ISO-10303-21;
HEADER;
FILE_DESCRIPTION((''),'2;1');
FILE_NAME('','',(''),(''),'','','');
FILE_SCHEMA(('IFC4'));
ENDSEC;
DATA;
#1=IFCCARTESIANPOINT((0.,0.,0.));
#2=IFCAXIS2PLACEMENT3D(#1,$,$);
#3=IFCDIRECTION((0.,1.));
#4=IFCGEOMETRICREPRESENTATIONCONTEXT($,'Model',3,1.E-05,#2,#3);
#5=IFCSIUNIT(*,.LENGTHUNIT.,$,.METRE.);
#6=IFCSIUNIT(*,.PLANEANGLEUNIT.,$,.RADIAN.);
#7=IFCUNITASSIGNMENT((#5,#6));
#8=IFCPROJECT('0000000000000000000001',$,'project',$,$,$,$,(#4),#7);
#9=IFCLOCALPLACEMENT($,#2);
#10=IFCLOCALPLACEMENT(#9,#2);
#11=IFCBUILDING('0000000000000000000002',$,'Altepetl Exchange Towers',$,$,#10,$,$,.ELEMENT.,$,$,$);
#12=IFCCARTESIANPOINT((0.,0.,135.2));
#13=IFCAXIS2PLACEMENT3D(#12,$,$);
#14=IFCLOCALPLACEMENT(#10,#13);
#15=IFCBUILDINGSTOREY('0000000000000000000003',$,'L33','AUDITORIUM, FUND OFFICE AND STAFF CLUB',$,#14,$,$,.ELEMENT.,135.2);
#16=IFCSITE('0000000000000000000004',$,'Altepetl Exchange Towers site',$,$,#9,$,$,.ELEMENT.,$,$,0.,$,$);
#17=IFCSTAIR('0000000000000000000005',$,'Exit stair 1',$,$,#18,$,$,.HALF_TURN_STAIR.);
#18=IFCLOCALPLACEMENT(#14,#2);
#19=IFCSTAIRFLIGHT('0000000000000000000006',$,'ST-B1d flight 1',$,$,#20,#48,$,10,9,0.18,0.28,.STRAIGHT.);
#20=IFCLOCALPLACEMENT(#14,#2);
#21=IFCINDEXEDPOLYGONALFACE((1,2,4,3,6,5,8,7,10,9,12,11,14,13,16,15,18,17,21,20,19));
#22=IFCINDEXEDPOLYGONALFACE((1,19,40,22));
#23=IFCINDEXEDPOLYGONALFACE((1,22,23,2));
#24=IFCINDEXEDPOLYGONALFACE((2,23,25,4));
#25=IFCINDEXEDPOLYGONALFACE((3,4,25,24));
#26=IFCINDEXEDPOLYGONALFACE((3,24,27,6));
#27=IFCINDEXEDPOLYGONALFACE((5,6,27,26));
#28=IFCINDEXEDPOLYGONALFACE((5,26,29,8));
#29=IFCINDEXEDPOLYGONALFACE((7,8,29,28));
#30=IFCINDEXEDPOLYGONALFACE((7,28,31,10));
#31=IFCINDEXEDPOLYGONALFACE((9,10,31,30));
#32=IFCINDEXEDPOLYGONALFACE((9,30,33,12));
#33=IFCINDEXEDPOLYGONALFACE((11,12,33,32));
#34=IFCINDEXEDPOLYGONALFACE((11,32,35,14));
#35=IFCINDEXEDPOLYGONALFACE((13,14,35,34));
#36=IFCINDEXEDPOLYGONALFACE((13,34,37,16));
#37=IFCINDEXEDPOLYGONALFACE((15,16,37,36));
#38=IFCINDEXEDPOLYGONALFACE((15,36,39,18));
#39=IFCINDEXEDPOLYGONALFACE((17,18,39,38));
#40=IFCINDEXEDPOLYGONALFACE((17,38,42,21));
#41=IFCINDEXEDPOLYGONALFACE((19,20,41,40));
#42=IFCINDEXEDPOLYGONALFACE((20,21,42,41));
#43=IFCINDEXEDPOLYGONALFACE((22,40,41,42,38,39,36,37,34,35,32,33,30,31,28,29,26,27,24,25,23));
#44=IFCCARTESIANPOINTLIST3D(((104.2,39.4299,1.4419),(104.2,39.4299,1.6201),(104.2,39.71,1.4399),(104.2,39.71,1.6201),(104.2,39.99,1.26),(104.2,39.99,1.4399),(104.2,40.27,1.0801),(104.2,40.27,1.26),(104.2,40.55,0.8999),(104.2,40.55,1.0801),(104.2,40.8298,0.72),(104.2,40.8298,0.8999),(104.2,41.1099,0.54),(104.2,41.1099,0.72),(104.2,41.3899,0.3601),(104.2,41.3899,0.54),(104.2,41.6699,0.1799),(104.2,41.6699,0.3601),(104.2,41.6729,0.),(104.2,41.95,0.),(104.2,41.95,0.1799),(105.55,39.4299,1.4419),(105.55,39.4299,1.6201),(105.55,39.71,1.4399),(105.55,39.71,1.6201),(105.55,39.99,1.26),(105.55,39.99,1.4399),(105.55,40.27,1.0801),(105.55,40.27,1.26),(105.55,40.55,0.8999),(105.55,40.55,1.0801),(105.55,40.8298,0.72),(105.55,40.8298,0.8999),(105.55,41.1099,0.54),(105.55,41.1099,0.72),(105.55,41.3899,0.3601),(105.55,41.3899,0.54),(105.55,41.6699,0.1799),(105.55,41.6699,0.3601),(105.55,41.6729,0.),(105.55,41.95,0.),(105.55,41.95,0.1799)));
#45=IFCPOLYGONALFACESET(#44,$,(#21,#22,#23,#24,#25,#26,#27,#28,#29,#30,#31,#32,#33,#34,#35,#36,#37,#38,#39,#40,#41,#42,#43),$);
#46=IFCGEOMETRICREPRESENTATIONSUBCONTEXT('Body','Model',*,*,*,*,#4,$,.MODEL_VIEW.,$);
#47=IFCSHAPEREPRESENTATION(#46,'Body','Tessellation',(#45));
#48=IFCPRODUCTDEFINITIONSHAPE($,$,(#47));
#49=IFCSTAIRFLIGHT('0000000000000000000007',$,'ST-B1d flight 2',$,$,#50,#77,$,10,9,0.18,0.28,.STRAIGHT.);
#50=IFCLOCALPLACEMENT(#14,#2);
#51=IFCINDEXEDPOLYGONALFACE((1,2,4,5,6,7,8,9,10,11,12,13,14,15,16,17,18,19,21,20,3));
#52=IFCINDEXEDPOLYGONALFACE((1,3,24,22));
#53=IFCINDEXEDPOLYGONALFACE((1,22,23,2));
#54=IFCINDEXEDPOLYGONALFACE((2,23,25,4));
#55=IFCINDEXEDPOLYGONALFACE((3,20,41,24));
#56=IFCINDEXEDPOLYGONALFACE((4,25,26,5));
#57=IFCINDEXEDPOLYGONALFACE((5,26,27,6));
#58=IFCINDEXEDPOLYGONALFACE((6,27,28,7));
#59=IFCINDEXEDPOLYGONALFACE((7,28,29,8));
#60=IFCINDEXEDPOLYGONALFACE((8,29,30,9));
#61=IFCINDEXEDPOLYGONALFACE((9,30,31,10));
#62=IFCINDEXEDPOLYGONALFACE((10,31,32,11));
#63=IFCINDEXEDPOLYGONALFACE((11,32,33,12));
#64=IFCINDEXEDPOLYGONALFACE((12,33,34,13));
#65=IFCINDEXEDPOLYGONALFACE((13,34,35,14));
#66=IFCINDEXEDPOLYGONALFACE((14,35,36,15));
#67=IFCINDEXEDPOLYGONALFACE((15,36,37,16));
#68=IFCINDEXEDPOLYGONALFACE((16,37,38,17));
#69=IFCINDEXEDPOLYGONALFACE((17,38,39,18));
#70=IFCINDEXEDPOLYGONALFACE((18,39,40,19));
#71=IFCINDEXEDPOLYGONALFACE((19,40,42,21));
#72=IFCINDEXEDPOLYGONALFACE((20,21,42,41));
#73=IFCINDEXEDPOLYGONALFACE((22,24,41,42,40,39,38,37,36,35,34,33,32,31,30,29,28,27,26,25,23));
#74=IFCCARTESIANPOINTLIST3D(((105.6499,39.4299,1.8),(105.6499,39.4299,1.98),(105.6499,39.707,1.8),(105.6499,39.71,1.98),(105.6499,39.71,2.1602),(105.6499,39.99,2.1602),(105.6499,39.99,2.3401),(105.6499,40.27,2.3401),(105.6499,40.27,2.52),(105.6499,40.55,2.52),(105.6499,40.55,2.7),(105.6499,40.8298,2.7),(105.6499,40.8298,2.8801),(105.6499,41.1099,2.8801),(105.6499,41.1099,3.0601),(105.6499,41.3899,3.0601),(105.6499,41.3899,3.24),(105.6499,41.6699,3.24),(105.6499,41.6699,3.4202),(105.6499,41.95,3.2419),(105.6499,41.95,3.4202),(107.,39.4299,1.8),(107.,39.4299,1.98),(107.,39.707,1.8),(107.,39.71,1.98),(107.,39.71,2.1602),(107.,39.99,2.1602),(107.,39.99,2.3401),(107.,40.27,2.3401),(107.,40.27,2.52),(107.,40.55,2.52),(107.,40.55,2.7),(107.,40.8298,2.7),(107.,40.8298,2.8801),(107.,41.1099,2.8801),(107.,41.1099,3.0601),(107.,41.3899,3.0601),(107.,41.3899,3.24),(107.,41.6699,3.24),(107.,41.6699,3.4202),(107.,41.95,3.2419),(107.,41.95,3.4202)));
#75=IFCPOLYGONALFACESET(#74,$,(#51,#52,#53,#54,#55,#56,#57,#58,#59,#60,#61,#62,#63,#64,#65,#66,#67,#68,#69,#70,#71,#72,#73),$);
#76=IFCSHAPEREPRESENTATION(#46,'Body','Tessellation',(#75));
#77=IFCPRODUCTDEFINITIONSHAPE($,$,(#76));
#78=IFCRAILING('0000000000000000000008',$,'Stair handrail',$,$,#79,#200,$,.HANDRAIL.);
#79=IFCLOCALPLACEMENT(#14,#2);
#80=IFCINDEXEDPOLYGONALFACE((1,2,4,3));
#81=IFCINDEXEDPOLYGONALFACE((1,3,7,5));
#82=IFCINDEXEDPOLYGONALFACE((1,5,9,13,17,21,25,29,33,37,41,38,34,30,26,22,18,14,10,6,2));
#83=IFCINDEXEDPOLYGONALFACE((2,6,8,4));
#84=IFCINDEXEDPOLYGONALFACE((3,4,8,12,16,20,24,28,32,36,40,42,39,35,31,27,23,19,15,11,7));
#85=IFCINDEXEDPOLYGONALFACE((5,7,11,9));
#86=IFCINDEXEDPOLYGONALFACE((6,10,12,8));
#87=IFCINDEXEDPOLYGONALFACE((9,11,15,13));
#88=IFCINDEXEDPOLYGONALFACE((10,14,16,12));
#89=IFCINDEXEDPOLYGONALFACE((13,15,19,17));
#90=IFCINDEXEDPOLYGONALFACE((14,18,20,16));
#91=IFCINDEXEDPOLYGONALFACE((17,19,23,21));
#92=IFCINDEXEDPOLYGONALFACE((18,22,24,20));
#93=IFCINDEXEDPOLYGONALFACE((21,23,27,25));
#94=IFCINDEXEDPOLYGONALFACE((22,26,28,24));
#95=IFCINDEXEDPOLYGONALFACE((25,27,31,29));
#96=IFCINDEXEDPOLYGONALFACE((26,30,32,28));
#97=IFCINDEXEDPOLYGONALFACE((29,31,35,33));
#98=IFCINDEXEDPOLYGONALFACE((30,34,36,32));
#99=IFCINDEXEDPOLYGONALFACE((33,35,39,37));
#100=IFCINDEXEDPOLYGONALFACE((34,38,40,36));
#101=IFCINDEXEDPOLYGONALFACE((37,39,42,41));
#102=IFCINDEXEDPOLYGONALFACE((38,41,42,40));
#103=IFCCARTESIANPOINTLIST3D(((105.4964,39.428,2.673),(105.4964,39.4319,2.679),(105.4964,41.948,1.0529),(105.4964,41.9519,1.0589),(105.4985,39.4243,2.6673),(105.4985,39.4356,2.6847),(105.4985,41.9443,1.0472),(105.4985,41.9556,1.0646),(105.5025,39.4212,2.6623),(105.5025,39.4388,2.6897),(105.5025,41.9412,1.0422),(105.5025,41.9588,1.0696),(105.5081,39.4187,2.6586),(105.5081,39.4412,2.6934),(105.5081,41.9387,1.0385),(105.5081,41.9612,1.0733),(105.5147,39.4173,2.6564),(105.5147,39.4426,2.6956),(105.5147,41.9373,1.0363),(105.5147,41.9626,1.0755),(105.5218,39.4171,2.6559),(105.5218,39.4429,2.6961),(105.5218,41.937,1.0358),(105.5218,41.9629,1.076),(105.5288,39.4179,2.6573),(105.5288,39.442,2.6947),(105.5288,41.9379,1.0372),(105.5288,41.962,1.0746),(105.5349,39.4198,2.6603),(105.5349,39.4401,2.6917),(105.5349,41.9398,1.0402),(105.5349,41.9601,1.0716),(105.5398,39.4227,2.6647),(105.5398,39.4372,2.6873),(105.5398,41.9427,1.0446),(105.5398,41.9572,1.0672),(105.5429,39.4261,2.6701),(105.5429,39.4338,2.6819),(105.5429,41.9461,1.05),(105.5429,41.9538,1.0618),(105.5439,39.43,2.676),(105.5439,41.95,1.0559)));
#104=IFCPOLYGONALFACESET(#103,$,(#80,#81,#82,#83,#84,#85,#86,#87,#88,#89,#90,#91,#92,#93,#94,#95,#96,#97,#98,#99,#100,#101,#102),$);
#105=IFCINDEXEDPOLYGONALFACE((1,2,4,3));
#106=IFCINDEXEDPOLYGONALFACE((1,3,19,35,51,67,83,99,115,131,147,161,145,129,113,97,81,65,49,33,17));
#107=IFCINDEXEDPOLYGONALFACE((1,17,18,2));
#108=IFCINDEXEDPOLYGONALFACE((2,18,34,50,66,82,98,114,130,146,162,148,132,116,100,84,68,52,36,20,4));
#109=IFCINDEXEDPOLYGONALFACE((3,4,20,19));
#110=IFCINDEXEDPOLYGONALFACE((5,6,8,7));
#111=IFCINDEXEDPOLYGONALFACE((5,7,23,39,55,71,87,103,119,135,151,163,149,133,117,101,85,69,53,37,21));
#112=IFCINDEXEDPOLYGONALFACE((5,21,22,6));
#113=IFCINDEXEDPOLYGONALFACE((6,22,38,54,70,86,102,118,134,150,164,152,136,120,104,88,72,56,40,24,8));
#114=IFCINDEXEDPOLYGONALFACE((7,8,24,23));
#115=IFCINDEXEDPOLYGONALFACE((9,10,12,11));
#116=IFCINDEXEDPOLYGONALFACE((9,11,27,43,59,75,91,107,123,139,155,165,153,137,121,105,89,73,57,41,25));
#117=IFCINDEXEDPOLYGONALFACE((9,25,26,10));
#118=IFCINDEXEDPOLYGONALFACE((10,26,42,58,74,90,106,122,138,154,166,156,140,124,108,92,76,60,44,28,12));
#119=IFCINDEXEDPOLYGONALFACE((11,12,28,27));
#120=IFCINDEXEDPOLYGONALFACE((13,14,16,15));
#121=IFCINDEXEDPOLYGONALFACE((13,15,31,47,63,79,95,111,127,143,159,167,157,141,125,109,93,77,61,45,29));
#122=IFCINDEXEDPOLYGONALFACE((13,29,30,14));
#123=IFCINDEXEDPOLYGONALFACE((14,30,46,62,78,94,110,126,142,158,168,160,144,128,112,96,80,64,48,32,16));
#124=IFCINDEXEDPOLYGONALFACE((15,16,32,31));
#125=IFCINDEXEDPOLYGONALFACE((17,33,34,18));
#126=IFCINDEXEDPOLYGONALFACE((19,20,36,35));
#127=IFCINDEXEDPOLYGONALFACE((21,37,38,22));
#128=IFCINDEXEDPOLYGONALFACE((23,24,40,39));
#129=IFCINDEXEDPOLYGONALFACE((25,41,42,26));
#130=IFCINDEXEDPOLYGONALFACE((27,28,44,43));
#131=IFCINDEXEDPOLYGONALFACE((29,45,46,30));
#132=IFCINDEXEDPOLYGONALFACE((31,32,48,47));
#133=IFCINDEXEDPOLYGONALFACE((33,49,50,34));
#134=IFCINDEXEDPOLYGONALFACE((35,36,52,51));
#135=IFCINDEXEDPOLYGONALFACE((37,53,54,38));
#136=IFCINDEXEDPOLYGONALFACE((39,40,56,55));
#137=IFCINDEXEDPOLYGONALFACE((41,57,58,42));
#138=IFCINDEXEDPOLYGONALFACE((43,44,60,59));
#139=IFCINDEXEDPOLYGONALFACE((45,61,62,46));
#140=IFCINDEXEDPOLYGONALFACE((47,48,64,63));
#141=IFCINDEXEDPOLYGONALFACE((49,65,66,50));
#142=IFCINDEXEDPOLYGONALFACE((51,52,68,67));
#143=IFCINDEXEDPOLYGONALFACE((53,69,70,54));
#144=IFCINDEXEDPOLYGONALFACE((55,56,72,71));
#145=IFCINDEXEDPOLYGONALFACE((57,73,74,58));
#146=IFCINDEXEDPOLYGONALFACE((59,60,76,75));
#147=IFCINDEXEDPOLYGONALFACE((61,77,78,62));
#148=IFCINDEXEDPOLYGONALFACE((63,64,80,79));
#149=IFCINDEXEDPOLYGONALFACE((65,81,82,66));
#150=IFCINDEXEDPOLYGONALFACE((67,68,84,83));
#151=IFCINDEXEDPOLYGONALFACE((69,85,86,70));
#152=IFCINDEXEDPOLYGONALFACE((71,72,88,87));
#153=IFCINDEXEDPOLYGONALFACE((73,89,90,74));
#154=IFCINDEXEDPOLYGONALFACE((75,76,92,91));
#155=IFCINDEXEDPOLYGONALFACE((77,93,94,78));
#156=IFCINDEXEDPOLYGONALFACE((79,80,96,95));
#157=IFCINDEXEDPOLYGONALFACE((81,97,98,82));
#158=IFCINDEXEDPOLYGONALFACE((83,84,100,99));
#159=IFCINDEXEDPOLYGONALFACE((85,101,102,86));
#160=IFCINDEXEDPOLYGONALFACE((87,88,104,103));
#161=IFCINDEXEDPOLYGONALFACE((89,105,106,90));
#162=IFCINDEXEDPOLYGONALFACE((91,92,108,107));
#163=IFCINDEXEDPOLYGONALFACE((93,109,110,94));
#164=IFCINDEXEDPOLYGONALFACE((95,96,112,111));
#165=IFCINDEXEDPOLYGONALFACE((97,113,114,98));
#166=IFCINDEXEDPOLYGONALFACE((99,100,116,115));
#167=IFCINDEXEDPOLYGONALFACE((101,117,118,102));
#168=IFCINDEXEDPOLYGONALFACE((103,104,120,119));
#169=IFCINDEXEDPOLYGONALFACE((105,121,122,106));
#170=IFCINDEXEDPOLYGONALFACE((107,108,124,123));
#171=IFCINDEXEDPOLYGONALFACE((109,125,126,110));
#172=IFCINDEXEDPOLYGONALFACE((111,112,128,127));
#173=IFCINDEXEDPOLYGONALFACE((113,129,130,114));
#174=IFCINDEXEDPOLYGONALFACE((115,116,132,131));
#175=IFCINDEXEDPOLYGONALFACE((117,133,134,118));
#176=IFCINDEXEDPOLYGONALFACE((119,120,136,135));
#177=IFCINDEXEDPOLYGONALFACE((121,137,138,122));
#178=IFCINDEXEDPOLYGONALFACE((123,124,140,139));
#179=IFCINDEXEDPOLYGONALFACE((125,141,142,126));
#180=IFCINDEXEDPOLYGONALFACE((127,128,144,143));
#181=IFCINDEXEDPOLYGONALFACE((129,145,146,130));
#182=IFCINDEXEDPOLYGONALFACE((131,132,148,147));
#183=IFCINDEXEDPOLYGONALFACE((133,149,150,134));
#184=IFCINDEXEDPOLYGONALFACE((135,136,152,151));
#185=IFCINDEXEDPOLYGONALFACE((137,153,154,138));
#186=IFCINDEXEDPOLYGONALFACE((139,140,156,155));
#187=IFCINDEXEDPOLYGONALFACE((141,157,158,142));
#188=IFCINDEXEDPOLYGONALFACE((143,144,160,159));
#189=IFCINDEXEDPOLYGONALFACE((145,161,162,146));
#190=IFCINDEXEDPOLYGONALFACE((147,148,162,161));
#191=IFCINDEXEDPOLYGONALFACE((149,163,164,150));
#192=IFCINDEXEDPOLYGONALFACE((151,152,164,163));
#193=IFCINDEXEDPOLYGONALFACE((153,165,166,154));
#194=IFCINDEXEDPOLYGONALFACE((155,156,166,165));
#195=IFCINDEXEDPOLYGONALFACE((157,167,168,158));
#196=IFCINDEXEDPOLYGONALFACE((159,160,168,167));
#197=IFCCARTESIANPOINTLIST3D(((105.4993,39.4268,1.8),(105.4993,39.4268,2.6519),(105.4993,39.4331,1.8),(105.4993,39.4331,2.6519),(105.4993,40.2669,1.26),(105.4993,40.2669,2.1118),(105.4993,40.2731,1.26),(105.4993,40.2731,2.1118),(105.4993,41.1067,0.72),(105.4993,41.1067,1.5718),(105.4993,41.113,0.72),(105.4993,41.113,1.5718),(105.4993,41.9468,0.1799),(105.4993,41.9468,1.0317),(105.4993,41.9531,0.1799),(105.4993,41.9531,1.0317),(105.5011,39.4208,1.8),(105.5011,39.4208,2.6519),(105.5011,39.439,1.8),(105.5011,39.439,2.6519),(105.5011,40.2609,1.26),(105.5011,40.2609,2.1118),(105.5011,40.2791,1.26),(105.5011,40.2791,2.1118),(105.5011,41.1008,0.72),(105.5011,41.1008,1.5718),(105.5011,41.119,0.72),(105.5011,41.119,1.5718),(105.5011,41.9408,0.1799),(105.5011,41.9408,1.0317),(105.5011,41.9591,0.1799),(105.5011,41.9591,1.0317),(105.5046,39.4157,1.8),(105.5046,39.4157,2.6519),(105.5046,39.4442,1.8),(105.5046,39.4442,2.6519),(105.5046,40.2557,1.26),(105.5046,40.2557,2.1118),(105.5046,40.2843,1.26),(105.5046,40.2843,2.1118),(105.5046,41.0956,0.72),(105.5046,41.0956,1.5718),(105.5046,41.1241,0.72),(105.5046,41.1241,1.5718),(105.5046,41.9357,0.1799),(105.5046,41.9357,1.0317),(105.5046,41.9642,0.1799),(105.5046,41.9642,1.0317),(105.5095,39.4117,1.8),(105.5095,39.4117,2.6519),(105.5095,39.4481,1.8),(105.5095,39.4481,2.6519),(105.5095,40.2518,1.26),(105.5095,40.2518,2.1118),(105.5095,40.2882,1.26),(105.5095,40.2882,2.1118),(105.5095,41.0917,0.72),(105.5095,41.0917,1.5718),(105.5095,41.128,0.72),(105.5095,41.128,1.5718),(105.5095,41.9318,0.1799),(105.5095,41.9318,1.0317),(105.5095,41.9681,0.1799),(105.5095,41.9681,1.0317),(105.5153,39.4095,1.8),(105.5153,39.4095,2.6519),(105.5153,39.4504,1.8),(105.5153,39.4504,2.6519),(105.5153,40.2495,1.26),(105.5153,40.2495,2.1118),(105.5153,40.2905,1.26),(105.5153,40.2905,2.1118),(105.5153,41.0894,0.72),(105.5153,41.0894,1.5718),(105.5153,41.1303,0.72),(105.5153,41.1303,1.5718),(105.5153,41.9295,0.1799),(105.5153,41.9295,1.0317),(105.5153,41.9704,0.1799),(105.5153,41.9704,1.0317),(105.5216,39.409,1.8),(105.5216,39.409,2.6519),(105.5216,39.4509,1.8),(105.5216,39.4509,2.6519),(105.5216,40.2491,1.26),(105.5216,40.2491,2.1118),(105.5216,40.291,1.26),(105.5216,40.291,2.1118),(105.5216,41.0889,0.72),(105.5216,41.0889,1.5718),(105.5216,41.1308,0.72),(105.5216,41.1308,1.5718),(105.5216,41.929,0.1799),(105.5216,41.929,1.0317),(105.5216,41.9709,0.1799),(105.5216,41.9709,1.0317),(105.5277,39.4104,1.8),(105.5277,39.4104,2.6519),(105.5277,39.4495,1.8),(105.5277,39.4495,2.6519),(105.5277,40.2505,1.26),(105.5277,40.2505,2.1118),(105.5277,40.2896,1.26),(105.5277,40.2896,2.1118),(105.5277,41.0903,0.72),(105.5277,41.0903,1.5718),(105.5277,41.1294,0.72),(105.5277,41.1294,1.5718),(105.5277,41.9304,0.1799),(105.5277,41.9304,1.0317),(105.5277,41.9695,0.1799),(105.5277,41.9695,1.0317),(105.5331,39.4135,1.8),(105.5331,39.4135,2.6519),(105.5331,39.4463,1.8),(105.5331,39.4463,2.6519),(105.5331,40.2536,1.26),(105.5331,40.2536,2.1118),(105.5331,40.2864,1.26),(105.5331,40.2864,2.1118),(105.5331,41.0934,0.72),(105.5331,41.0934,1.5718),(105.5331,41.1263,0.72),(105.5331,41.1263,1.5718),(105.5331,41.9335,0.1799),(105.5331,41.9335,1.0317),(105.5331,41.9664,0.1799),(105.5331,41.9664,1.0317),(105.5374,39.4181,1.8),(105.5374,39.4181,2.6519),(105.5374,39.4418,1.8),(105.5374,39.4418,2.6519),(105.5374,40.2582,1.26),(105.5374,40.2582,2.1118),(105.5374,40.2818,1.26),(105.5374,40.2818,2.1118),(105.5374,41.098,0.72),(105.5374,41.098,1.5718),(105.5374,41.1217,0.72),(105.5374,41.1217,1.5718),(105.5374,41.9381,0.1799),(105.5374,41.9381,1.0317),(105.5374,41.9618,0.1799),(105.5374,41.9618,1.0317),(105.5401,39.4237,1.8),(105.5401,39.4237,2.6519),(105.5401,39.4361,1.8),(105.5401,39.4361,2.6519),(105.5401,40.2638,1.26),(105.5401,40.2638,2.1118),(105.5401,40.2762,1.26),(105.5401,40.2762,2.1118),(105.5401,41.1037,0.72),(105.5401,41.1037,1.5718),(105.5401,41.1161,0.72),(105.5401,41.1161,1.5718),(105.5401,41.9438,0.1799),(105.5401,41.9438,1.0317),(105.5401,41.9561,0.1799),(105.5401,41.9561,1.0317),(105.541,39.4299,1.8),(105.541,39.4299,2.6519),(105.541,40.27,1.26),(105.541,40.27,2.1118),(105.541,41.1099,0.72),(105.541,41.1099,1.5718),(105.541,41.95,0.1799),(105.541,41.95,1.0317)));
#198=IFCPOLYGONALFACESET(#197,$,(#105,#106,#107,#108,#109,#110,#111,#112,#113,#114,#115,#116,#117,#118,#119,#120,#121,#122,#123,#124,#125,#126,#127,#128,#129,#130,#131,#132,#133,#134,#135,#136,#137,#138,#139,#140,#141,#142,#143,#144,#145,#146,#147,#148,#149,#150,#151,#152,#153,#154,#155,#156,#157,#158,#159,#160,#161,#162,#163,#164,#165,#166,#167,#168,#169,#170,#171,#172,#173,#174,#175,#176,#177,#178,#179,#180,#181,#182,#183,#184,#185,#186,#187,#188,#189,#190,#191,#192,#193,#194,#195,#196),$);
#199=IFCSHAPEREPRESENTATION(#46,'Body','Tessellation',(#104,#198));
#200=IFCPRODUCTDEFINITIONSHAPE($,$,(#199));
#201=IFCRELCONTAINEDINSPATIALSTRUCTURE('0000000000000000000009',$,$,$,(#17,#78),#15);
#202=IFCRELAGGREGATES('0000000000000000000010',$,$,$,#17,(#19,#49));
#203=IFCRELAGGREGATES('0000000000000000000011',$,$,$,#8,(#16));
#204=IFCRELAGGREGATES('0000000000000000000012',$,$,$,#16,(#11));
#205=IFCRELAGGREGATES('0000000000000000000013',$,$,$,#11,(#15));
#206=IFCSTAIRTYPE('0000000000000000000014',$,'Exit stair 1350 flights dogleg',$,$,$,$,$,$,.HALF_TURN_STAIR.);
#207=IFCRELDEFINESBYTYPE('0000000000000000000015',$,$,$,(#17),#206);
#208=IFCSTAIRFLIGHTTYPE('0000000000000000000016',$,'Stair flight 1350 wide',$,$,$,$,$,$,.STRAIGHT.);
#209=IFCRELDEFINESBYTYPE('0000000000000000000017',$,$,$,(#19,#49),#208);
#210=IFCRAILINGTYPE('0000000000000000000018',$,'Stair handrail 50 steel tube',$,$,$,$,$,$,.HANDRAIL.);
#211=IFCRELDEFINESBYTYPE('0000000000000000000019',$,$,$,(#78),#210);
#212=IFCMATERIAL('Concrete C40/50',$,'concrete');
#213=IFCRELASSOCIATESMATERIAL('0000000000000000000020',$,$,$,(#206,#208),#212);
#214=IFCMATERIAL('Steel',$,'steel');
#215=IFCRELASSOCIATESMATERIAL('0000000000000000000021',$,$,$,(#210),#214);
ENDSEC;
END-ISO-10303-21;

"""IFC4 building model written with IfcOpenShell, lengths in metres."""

from ifc_helpers import new_model, si_unit, direction, frame, origin, origin_2d, place, context, subcontext, project, spatial, polyline, circle, outline, extrude, source, transform, mapped, material, type_object, element, aggregate, save


model = new_model("IFC4")

# Units and contexts
model_context = context("Model", 3, precision=1e-05, world=origin(), true_north=direction((0.0, 1.0)))
body_context = subcontext(model_context, "Body", "Model", "MODEL_VIEW")
ifc_project = project(units=[si_unit("LENGTHUNIT", "METRE"), si_unit("PLANEANGLEUNIT", "RADIAN")], contexts=[model_context])

# Site, building, storey
site_placement = place(None, origin())
site = spatial("IfcSite", under=ifc_project, at=site_placement, Name="Altepetl Exchange Towers site", CompositionType="ELEMENT", RefElevation=0.0)
building_placement = place(site_placement, origin())
building = spatial("IfcBuilding", under=site, at=building_placement, Name="Altepetl Exchange Towers", CompositionType="ELEMENT")
storey_placement = place(building_placement, frame((0.0, 0.0, 135.2)))
storey = spatial("IfcBuildingStorey", under=building, at=storey_placement, Name="L33", Description="AUDITORIUM, FUND OFFICE AND STAFF CLUB", CompositionType="ELEMENT", Elevation=135.2)

# Shared definitions
ifc_material_1 = material(Name="Concrete C40/50", Category="concrete")

# Stair, stair flights
stair_type = type_object("IfcStairType", Name="Exit stair 1350 flights dogleg", PredefinedType="HALF_TURN_STAIR", material=ifc_material_1)
stair_placement = place(storey_placement, origin())
stair = element("IfcStair", 1, at=stair_placement, inside=storey, type_object=stair_type, Name="Exit stair 1", PredefinedType="HALF_TURN_STAIR")
stair_flight_type = type_object("IfcStairFlightType", Name="Stair flight 1350 wide", PredefinedType="STRAIGHT", material=ifc_material_1)
stair_flight_1_placement = place(storey_placement, frame((104.875, 41.95, 0.0), z_axis=(0.0, 0.0, 1.0), x_axis=(0.0, -1.0, 0.0)))
stair_flight_1 = element("IfcStairFlight", 2, at=stair_flight_1_placement, type_object=stair_flight_type, Name="ST-B1d flight 1", NumberOfRisers=10, NumberOfTreads=9, PredefinedType="STRAIGHT", RiserHeight=0.18, TreadLength=0.28, context=body_context, shape_type="SweptSolid", body=[
    extrude(outline(polyline([(0.0, 0.0), (0.0, 0.1799), (0.28, 0.1799), (0.28, 0.3601), (0.5601, 0.3601), (0.5601, 0.54), (0.8401, 0.54), (0.8401, 0.72), (1.1201, 0.72), (1.1201, 0.8999), (1.3999, 0.8999), (1.3999, 1.0801), (1.6799, 1.0801), (1.6799, 1.26), (1.96, 1.26), (1.96, 1.4399), (2.24, 1.4399), (2.24, 1.6201), (2.52, 1.6201), (2.52, 1.8), (2.52, 1.4419), (0.2771, 0.0), (0.0, 0.0)])), frame((0.0, 0.675, 0.0), z_axis=(0.0, -1.0, 0.0), x_axis=(1.0, 0.0, 0.0)), (0.0, 0.0, 1.0), 1.3501),
])
stair_flight_2_placement = place(storey_placement, frame((106.325, 39.4299, 1.8), z_axis=(0.0, 0.0, 1.0), x_axis=(0.0, 1.0, 0.0)))
stair_flight_2 = element("IfcStairFlight", 3, at=stair_flight_2_placement, type_object=stair_flight_type, Name="ST-B1d flight 2", NumberOfRisers=10, NumberOfTreads=9, PredefinedType="STRAIGHT", RiserHeight=0.18, TreadLength=0.28, context=body_context, shape_type="SweptSolid", body=[
    extrude(outline(polyline([(0.0, 0.0), (0.0, 0.1799), (0.28, 0.1799), (0.28, 0.3601), (0.5601, 0.3601), (0.5601, 0.54), (0.8401, 0.54), (0.8401, 0.72), (1.1201, 0.72), (1.1201, 0.8999), (1.3999, 0.8999), (1.3999, 1.0801), (1.6799, 1.0801), (1.6799, 1.26), (1.96, 1.26), (1.96, 1.4399), (2.24, 1.4399), (2.24, 1.6201), (2.52, 1.6201), (2.52, 1.8), (2.52, 1.4419), (0.2771, 0.0), (0.0, 0.0)])), frame((0.0, 0.675, 0.0), z_axis=(0.0, -1.0, 0.0), x_axis=(1.0, 0.0, 0.0)), (0.0, 0.0, 1.0), 1.3501),
])
aggregate(stair, [stair_flight_1, stair_flight_2])

# Railing
ifc_material_2 = material(Name="Steel", Category="steel")
railing_type = type_object("IfcRailingType", Name="Stair handrail 50 steel tube", PredefinedType="HANDRAIL", material=ifc_material_2)
shared_shape = source(origin(), body_context, "Body", "SweptSolid", [
    extrude(circle(Radius=0.021, at=origin_2d()), origin(), (0.0, 0.0, 1.0), 0.8518),
])
railing_1_placement = place(storey_placement, frame((105.52, 41.95, 0.1799)))
element("IfcRailing", 4, at=railing_1_placement, inside=storey, type_object=railing_type, Name="Stair handrail", PredefinedType="HANDRAIL", context=body_context, shape_type="SweptSolid", body=[
    extrude(circle(Radius=0.0239, at=origin_2d()), frame((0.0, 0.0, 0.876), z_axis=(0.0, -0.841163, 0.540782), x_axis=(1.0, 0.0, 0.0)), (0.0, 0.0, 1.0), 2.9958),
    mapped(shared_shape, transform((0.0, 0.0, 0.0))),
    mapped(shared_shape, transform((0.0, -0.8401, 0.54))),
    mapped(shared_shape, transform((0.0, -1.6799, 1.0801))),
    mapped(shared_shape, transform((0.0, -2.52, 1.6201))),
])

save(model, "model.ifc")
